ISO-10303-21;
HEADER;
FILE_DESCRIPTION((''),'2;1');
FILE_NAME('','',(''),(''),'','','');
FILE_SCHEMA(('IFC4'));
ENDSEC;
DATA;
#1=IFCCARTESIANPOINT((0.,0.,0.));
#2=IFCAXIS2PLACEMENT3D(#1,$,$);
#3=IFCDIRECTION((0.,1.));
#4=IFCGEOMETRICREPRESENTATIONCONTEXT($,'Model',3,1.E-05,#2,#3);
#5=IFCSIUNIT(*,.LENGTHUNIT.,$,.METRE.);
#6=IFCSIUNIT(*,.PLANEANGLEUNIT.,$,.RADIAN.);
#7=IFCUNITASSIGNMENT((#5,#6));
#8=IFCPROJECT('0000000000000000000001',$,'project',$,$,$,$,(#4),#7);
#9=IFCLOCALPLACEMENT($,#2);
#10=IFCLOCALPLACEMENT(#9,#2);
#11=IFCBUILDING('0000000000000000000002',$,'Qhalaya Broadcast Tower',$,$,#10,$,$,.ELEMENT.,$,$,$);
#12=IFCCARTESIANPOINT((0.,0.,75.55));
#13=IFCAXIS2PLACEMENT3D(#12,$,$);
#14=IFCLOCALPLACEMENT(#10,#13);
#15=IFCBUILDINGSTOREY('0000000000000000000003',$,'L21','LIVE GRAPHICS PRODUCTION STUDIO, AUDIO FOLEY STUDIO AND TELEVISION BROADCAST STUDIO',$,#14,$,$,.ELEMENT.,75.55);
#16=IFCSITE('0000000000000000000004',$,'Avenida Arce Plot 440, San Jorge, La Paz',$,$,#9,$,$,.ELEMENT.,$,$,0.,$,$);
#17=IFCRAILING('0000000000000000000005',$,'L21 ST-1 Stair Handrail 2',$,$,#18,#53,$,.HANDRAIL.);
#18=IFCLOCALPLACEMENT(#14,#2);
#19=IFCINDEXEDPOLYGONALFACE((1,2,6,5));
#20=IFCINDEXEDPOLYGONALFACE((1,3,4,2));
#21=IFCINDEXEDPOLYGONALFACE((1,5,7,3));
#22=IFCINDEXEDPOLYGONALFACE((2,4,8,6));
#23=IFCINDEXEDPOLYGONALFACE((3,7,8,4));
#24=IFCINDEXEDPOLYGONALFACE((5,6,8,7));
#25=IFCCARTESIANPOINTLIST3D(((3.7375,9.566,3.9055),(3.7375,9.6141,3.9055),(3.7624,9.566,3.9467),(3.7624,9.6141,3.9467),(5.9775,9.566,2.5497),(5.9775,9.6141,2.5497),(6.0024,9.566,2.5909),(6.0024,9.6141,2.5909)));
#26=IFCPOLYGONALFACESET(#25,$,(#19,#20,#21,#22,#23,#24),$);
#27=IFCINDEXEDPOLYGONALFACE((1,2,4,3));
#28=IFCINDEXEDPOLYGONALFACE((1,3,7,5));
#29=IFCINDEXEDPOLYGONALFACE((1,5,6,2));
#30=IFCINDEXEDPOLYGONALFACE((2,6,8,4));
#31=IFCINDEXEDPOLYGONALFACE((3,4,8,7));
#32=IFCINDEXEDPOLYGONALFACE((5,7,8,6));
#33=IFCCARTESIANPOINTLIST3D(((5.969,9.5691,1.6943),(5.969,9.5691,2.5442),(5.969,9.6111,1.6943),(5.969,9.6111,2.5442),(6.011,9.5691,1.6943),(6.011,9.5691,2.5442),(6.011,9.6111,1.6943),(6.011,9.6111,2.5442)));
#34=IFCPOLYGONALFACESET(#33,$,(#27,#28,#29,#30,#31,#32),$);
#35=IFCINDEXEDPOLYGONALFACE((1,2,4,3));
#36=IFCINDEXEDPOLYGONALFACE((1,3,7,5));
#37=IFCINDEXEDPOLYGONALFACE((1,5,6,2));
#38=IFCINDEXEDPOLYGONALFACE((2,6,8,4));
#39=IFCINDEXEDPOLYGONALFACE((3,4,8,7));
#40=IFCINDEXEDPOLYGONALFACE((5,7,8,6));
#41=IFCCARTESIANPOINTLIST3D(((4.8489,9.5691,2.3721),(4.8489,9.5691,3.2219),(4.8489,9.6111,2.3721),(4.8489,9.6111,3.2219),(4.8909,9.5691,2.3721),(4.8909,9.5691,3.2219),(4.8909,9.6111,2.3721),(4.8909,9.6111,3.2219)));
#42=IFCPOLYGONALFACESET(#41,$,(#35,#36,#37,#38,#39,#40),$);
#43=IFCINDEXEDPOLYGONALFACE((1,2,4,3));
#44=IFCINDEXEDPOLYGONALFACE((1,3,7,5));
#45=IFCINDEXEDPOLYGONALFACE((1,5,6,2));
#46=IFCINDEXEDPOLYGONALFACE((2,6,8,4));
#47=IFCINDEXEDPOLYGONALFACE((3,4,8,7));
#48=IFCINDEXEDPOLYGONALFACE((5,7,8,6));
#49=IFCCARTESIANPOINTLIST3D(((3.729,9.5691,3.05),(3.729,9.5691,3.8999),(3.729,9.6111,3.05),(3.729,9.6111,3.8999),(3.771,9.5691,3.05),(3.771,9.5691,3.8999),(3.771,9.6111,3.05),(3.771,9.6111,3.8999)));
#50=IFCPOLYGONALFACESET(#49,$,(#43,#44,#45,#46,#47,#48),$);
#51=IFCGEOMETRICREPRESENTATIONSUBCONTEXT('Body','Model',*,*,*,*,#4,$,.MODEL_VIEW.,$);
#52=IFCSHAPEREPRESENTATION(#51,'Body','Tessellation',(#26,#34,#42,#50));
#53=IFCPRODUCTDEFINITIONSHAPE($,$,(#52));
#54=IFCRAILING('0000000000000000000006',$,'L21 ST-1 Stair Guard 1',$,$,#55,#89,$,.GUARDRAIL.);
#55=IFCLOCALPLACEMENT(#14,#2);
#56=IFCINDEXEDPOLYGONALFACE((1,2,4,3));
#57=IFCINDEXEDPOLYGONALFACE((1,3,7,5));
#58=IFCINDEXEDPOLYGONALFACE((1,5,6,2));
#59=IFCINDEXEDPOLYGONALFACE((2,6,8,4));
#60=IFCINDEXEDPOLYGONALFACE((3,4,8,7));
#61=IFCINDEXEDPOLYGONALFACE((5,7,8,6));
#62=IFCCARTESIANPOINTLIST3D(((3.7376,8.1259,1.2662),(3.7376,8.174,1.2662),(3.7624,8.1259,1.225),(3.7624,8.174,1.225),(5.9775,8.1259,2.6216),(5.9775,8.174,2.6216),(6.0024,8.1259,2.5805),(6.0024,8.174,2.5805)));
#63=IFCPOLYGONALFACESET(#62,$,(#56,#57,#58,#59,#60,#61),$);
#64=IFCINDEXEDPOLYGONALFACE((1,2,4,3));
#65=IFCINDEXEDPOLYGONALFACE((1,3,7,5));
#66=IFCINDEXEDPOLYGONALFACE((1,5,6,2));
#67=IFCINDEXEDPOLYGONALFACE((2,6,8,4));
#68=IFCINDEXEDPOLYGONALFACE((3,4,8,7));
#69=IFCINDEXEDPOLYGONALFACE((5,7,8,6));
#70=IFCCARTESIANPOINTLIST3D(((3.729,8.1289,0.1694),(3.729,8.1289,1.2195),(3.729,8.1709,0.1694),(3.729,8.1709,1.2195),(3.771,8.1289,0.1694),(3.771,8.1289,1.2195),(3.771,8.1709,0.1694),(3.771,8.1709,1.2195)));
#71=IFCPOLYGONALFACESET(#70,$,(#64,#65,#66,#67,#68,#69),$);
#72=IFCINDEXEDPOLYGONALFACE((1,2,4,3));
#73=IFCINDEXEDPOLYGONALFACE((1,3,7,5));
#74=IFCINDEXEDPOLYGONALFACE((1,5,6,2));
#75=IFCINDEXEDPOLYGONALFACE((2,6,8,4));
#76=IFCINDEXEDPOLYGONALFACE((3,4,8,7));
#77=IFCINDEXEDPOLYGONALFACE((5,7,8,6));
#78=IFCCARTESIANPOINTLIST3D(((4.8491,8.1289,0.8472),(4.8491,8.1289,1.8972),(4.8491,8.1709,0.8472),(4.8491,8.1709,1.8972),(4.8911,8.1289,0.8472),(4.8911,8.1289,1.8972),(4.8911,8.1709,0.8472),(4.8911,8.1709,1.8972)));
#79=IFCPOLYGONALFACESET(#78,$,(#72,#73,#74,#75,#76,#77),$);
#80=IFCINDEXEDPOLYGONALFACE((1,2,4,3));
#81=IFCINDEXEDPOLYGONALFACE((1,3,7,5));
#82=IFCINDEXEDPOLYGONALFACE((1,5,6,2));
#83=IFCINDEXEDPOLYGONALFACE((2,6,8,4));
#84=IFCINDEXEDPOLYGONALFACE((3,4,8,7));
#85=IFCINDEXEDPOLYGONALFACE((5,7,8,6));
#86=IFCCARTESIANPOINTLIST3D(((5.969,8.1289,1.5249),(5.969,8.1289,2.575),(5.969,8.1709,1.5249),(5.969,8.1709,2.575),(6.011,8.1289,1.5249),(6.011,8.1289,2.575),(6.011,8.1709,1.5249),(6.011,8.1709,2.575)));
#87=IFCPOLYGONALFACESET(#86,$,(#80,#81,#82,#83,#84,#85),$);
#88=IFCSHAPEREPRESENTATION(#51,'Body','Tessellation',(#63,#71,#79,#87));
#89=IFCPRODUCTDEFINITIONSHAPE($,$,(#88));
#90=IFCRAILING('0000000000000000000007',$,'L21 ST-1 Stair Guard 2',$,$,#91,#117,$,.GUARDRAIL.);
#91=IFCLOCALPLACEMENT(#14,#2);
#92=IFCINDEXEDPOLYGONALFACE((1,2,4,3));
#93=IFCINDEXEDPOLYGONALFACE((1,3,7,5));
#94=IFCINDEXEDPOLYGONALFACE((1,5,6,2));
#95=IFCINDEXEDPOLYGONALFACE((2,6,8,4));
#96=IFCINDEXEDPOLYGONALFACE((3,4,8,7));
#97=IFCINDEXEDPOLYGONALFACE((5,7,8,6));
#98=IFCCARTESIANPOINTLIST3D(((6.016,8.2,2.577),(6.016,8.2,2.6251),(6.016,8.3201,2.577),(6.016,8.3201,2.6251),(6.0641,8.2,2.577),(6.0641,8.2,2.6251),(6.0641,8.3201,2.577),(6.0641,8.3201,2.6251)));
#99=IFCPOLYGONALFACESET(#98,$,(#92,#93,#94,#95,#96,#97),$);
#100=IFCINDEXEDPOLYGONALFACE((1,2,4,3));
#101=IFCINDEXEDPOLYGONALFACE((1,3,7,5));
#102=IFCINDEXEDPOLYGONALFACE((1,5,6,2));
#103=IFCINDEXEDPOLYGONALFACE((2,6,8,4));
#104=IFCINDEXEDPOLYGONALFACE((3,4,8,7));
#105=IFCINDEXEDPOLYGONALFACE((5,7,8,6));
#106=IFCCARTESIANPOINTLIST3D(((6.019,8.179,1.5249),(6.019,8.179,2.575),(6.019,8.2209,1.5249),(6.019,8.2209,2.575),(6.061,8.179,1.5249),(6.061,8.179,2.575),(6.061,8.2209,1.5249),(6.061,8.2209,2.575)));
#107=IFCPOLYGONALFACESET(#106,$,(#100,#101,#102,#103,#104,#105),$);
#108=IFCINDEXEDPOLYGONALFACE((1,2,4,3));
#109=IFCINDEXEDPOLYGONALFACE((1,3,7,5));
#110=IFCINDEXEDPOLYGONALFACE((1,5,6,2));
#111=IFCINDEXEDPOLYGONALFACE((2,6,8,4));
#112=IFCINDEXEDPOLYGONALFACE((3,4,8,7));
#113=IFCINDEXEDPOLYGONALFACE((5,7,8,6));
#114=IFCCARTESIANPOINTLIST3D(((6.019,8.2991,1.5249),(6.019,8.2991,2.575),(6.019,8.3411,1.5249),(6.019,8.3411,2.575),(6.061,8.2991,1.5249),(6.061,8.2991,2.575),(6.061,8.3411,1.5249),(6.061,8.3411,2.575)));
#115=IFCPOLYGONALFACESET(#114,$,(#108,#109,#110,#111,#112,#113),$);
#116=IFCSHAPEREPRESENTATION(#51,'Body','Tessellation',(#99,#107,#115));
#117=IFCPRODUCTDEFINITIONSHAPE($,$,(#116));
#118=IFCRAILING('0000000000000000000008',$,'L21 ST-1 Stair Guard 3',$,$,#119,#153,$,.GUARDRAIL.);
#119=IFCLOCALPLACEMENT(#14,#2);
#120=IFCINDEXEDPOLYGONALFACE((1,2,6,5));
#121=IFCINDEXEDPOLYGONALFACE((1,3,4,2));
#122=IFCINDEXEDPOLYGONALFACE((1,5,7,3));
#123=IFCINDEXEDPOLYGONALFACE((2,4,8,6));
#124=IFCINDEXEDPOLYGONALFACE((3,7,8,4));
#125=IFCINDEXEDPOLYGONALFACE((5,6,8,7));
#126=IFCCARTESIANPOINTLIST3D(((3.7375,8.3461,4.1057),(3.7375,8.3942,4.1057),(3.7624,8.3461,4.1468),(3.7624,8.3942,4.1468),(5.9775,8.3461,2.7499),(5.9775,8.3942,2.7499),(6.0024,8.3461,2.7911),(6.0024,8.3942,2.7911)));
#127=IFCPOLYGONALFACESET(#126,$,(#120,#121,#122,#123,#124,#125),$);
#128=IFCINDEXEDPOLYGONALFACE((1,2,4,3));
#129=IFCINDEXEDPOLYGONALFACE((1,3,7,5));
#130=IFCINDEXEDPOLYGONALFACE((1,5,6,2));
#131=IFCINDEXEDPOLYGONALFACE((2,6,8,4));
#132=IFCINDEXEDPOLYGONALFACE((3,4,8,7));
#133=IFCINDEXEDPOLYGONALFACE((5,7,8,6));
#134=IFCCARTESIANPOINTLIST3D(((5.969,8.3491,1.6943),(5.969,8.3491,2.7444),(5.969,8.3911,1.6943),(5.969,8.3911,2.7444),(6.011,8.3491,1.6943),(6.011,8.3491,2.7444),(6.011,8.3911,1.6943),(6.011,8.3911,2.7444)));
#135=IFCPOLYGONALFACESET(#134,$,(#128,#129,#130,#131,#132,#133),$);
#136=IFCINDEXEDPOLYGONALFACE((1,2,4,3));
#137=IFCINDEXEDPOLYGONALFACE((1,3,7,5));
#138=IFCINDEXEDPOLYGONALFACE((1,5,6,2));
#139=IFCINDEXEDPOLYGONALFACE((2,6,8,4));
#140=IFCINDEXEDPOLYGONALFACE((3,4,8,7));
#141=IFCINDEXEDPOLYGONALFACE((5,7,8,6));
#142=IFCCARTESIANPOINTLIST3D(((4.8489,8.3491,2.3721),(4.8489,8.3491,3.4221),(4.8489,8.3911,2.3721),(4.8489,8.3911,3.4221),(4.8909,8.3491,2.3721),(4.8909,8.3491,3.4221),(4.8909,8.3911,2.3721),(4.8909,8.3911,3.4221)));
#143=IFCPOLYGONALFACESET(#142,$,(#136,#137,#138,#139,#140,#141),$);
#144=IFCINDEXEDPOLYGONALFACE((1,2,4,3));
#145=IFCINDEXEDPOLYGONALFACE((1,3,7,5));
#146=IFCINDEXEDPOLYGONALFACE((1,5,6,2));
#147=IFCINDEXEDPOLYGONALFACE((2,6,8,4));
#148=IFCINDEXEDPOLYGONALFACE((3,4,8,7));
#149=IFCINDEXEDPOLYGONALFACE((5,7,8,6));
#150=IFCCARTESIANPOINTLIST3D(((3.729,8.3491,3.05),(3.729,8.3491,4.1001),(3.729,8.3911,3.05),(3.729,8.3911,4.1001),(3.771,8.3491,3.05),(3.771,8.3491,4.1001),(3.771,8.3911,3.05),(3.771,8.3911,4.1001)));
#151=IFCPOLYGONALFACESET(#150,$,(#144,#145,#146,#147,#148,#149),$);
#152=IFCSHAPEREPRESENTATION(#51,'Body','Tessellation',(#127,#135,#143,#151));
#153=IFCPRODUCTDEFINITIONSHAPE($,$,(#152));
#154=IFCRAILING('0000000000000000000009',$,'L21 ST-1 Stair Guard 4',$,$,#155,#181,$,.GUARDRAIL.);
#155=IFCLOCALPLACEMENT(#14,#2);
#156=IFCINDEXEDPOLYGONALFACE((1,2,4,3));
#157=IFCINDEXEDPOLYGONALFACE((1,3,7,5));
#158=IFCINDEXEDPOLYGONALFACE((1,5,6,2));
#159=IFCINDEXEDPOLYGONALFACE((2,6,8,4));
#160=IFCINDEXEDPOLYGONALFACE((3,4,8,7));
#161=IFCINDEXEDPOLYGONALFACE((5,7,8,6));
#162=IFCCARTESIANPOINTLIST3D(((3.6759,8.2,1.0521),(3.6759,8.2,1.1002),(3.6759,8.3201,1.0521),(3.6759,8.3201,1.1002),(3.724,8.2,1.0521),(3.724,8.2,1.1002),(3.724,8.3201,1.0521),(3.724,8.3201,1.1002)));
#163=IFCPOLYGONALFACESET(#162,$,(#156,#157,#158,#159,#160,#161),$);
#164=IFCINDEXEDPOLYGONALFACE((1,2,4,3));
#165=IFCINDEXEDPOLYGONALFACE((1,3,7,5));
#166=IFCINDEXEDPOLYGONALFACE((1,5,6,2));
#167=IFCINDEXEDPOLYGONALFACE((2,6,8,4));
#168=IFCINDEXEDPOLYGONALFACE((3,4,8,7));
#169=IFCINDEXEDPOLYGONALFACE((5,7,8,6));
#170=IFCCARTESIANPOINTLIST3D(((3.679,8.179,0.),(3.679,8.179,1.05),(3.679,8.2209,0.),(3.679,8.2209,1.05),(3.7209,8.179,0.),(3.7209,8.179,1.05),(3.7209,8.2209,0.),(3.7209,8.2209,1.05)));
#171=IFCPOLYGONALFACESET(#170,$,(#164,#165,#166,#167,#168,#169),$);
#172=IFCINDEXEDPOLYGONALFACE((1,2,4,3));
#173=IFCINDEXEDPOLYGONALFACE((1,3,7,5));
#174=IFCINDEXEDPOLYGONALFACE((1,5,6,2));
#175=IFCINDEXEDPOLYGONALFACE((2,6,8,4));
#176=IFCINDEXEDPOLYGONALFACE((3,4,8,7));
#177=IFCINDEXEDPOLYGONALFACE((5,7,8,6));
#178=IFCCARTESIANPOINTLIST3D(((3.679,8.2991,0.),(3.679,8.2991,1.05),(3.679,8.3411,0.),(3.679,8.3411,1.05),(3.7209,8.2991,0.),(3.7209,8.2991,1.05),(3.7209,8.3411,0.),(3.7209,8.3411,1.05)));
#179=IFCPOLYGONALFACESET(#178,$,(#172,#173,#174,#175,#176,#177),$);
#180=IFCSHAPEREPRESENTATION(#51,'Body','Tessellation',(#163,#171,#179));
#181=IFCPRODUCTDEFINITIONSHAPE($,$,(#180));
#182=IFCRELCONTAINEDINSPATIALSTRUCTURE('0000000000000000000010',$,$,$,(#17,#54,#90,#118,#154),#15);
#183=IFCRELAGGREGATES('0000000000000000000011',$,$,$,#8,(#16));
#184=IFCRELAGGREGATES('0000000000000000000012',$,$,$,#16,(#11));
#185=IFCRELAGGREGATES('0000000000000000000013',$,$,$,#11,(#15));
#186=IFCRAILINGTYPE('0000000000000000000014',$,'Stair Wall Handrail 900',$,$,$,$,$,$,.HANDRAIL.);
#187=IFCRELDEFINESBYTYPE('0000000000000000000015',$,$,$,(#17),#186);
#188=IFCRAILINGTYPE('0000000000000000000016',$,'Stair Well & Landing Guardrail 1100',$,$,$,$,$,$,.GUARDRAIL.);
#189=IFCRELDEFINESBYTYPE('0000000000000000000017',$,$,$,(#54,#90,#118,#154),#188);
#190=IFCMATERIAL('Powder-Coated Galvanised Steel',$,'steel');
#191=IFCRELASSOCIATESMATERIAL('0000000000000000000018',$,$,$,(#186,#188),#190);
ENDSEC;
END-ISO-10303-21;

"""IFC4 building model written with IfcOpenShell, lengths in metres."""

from ifc_helpers import new_model, si_unit, direction, frame, origin, origin_2d, place, context, subcontext, project, spatial, rectangle, extrude, material, type_object, element, save


model = new_model("IFC4")

# Units and contexts
model_context = context("Model", 3, precision=1e-05, world=origin(), true_north=direction((0.0, 1.0)))
body_context = subcontext(model_context, "Body", "Model", "MODEL_VIEW")
ifc_project = project(units=[si_unit("LENGTHUNIT", "METRE"), si_unit("PLANEANGLEUNIT", "RADIAN")], contexts=[model_context])

# Site, building, storey
site_placement = place(None, origin())
site = spatial("IfcSite", under=ifc_project, at=site_placement, Name="Avenida Arce Plot 440, San Jorge, La Paz", CompositionType="ELEMENT", RefElevation=0.0)
building_placement = place(site_placement, origin())
building = spatial("IfcBuilding", under=site, at=building_placement, Name="Qhalaya Broadcast Tower", CompositionType="ELEMENT")
storey_placement = place(building_placement, frame((0.0, 0.0, 75.55)))
storey = spatial("IfcBuildingStorey", under=building, at=storey_placement, Name="L21", Description="LIVE GRAPHICS PRODUCTION STUDIO, AUDIO FOLEY STUDIO AND TELEVISION BROADCAST STUDIO", CompositionType="ELEMENT", Elevation=75.55)

# Railings
ifc_material_1 = material(Name="Powder-Coated Galvanised Steel", Category="steel")
railing_type_1 = type_object("IfcRailingType", Name="Stair Wall Handrail 900", PredefinedType="HANDRAIL", material=ifc_material_1)
railing_1_placement = place(storey_placement, frame((5.99, 9.5901, 1.6943)))
element("IfcRailing", 1, at=railing_1_placement, inside=storey, type_object=railing_type_1, Name="L21 ST-1 Stair Handrail 2", PredefinedType="HANDRAIL", context=body_context, shape_type="SweptSolid", body=[
    extrude(rectangle(XDim=0.0481, YDim=0.0481, at=origin_2d()), frame((0.0, 0.0, 0.876), z_axis=(-0.855512, 0.0, 0.517783), x_axis=(0.0, -1.0, 0.0)), (0.0, 0.0, 1.0), 2.6184),
    extrude(rectangle(XDim=0.042, YDim=0.042, at=origin_2d()), origin(), (0.0, 0.0, 1.0), 0.8499),
    extrude(rectangle(XDim=0.042, YDim=0.042, at=origin_2d()), frame((-1.1201, 0.0, 0.6777)), (0.0, 0.0, 1.0), 0.8499),
    extrude(rectangle(XDim=0.042, YDim=0.042, at=origin_2d()), frame((-2.24, 0.0, 1.3557)), (0.0, 0.0, 1.0), 0.8499),
])
railing_type_2 = type_object("IfcRailingType", Name="Stair Well & Landing Guardrail 1100", PredefinedType="GUARDRAIL", material=ifc_material_1)
railing_2_placement = place(storey_placement, frame((3.75, 8.1499, 0.1694)))
element("IfcRailing", 2, at=railing_2_placement, inside=storey, type_object=railing_type_2, Name="L21 ST-1 Stair Guard 1", PredefinedType="GUARDRAIL", context=body_context, shape_type="SweptSolid", body=[
    extrude(rectangle(XDim=0.0481, YDim=0.0481, at=origin_2d()), frame((0.0, 0.0, 1.0762), z_axis=(0.855553, 0.0, 0.517715), x_axis=(0.0, 1.0, 0.0)), (0.0, 0.0, 1.0), 2.6182),
    extrude(rectangle(XDim=0.042, YDim=0.042, at=origin_2d()), origin(), (0.0, 0.0, 1.0), 1.05),
    extrude(rectangle(XDim=0.042, YDim=0.042, at=origin_2d()), frame((1.1201, 0.0, 0.6777)), (0.0, 0.0, 1.0), 1.05),
    extrude(rectangle(XDim=0.042, YDim=0.042, at=origin_2d()), frame((2.24, 0.0, 1.3555)), (0.0, 0.0, 1.0), 1.05),
])
railing_3_placement = place(storey_placement, frame((6.04, 8.2, 1.5249)))
element("IfcRailing", 3, at=railing_3_placement, inside=storey, type_object=railing_type_2, Name="L21 ST-1 Stair Guard 2", PredefinedType="GUARDRAIL", context=body_context, shape_type="SweptSolid", body=[
    extrude(rectangle(XDim=0.0481, YDim=0.0481, at=origin_2d()), frame((0.0, 0.0, 1.0762), z_axis=(0.0, 1.0, 0.0), x_axis=(-1.0, 0.0, 0.0)), (0.0, 0.0, 1.0), 0.1201),
    extrude(rectangle(XDim=0.042, YDim=0.042, at=origin_2d()), origin(), (0.0, 0.0, 1.0), 1.05),
    extrude(rectangle(XDim=0.042, YDim=0.042, at=origin_2d()), frame((0.0, 0.1201, 0.0)), (0.0, 0.0, 1.0), 1.05),
])
railing_4_placement = place(storey_placement, frame((5.99, 8.3701, 1.6943)))
element("IfcRailing", 4, at=railing_4_placement, inside=storey, type_object=railing_type_2, Name="L21 ST-1 Stair Guard 3", PredefinedType="GUARDRAIL", context=body_context, shape_type="SweptSolid", body=[
    extrude(rectangle(XDim=0.0481, YDim=0.0481, at=origin_2d()), frame((0.0, 0.0, 1.0762), z_axis=(-0.855512, 0.0, 0.517783), x_axis=(0.0, -1.0, 0.0)), (0.0, 0.0, 1.0), 2.6184),
    extrude(rectangle(XDim=0.042, YDim=0.042, at=origin_2d()), origin(), (0.0, 0.0, 1.0), 1.05),
    extrude(rectangle(XDim=0.042, YDim=0.042, at=origin_2d()), frame((-1.1201, 0.0, 0.6777)), (0.0, 0.0, 1.0), 1.05),
    extrude(rectangle(XDim=0.042, YDim=0.042, at=origin_2d()), frame((-2.24, 0.0, 1.3557)), (0.0, 0.0, 1.0), 1.05),
])
railing_5_placement = place(storey_placement, frame((3.7, 8.2, 0.0)))
element("IfcRailing", 5, at=railing_5_placement, inside=storey, type_object=railing_type_2, Name="L21 ST-1 Stair Guard 4", PredefinedType="GUARDRAIL", context=body_context, shape_type="SweptSolid", body=[
    extrude(rectangle(XDim=0.0481, YDim=0.0481, at=origin_2d()), frame((0.0, 0.0, 1.0762), z_axis=(0.0, 1.0, 0.0), x_axis=(-1.0, 0.0, 0.0)), (0.0, 0.0, 1.0), 0.1201),
    extrude(rectangle(XDim=0.042, YDim=0.042, at=origin_2d()), origin(), (0.0, 0.0, 1.0), 1.05),
    extrude(rectangle(XDim=0.042, YDim=0.042, at=origin_2d()), frame((0.0, 0.1201, 0.0)), (0.0, 0.0, 1.0), 1.05),
])

save(model, "model.ifc")
